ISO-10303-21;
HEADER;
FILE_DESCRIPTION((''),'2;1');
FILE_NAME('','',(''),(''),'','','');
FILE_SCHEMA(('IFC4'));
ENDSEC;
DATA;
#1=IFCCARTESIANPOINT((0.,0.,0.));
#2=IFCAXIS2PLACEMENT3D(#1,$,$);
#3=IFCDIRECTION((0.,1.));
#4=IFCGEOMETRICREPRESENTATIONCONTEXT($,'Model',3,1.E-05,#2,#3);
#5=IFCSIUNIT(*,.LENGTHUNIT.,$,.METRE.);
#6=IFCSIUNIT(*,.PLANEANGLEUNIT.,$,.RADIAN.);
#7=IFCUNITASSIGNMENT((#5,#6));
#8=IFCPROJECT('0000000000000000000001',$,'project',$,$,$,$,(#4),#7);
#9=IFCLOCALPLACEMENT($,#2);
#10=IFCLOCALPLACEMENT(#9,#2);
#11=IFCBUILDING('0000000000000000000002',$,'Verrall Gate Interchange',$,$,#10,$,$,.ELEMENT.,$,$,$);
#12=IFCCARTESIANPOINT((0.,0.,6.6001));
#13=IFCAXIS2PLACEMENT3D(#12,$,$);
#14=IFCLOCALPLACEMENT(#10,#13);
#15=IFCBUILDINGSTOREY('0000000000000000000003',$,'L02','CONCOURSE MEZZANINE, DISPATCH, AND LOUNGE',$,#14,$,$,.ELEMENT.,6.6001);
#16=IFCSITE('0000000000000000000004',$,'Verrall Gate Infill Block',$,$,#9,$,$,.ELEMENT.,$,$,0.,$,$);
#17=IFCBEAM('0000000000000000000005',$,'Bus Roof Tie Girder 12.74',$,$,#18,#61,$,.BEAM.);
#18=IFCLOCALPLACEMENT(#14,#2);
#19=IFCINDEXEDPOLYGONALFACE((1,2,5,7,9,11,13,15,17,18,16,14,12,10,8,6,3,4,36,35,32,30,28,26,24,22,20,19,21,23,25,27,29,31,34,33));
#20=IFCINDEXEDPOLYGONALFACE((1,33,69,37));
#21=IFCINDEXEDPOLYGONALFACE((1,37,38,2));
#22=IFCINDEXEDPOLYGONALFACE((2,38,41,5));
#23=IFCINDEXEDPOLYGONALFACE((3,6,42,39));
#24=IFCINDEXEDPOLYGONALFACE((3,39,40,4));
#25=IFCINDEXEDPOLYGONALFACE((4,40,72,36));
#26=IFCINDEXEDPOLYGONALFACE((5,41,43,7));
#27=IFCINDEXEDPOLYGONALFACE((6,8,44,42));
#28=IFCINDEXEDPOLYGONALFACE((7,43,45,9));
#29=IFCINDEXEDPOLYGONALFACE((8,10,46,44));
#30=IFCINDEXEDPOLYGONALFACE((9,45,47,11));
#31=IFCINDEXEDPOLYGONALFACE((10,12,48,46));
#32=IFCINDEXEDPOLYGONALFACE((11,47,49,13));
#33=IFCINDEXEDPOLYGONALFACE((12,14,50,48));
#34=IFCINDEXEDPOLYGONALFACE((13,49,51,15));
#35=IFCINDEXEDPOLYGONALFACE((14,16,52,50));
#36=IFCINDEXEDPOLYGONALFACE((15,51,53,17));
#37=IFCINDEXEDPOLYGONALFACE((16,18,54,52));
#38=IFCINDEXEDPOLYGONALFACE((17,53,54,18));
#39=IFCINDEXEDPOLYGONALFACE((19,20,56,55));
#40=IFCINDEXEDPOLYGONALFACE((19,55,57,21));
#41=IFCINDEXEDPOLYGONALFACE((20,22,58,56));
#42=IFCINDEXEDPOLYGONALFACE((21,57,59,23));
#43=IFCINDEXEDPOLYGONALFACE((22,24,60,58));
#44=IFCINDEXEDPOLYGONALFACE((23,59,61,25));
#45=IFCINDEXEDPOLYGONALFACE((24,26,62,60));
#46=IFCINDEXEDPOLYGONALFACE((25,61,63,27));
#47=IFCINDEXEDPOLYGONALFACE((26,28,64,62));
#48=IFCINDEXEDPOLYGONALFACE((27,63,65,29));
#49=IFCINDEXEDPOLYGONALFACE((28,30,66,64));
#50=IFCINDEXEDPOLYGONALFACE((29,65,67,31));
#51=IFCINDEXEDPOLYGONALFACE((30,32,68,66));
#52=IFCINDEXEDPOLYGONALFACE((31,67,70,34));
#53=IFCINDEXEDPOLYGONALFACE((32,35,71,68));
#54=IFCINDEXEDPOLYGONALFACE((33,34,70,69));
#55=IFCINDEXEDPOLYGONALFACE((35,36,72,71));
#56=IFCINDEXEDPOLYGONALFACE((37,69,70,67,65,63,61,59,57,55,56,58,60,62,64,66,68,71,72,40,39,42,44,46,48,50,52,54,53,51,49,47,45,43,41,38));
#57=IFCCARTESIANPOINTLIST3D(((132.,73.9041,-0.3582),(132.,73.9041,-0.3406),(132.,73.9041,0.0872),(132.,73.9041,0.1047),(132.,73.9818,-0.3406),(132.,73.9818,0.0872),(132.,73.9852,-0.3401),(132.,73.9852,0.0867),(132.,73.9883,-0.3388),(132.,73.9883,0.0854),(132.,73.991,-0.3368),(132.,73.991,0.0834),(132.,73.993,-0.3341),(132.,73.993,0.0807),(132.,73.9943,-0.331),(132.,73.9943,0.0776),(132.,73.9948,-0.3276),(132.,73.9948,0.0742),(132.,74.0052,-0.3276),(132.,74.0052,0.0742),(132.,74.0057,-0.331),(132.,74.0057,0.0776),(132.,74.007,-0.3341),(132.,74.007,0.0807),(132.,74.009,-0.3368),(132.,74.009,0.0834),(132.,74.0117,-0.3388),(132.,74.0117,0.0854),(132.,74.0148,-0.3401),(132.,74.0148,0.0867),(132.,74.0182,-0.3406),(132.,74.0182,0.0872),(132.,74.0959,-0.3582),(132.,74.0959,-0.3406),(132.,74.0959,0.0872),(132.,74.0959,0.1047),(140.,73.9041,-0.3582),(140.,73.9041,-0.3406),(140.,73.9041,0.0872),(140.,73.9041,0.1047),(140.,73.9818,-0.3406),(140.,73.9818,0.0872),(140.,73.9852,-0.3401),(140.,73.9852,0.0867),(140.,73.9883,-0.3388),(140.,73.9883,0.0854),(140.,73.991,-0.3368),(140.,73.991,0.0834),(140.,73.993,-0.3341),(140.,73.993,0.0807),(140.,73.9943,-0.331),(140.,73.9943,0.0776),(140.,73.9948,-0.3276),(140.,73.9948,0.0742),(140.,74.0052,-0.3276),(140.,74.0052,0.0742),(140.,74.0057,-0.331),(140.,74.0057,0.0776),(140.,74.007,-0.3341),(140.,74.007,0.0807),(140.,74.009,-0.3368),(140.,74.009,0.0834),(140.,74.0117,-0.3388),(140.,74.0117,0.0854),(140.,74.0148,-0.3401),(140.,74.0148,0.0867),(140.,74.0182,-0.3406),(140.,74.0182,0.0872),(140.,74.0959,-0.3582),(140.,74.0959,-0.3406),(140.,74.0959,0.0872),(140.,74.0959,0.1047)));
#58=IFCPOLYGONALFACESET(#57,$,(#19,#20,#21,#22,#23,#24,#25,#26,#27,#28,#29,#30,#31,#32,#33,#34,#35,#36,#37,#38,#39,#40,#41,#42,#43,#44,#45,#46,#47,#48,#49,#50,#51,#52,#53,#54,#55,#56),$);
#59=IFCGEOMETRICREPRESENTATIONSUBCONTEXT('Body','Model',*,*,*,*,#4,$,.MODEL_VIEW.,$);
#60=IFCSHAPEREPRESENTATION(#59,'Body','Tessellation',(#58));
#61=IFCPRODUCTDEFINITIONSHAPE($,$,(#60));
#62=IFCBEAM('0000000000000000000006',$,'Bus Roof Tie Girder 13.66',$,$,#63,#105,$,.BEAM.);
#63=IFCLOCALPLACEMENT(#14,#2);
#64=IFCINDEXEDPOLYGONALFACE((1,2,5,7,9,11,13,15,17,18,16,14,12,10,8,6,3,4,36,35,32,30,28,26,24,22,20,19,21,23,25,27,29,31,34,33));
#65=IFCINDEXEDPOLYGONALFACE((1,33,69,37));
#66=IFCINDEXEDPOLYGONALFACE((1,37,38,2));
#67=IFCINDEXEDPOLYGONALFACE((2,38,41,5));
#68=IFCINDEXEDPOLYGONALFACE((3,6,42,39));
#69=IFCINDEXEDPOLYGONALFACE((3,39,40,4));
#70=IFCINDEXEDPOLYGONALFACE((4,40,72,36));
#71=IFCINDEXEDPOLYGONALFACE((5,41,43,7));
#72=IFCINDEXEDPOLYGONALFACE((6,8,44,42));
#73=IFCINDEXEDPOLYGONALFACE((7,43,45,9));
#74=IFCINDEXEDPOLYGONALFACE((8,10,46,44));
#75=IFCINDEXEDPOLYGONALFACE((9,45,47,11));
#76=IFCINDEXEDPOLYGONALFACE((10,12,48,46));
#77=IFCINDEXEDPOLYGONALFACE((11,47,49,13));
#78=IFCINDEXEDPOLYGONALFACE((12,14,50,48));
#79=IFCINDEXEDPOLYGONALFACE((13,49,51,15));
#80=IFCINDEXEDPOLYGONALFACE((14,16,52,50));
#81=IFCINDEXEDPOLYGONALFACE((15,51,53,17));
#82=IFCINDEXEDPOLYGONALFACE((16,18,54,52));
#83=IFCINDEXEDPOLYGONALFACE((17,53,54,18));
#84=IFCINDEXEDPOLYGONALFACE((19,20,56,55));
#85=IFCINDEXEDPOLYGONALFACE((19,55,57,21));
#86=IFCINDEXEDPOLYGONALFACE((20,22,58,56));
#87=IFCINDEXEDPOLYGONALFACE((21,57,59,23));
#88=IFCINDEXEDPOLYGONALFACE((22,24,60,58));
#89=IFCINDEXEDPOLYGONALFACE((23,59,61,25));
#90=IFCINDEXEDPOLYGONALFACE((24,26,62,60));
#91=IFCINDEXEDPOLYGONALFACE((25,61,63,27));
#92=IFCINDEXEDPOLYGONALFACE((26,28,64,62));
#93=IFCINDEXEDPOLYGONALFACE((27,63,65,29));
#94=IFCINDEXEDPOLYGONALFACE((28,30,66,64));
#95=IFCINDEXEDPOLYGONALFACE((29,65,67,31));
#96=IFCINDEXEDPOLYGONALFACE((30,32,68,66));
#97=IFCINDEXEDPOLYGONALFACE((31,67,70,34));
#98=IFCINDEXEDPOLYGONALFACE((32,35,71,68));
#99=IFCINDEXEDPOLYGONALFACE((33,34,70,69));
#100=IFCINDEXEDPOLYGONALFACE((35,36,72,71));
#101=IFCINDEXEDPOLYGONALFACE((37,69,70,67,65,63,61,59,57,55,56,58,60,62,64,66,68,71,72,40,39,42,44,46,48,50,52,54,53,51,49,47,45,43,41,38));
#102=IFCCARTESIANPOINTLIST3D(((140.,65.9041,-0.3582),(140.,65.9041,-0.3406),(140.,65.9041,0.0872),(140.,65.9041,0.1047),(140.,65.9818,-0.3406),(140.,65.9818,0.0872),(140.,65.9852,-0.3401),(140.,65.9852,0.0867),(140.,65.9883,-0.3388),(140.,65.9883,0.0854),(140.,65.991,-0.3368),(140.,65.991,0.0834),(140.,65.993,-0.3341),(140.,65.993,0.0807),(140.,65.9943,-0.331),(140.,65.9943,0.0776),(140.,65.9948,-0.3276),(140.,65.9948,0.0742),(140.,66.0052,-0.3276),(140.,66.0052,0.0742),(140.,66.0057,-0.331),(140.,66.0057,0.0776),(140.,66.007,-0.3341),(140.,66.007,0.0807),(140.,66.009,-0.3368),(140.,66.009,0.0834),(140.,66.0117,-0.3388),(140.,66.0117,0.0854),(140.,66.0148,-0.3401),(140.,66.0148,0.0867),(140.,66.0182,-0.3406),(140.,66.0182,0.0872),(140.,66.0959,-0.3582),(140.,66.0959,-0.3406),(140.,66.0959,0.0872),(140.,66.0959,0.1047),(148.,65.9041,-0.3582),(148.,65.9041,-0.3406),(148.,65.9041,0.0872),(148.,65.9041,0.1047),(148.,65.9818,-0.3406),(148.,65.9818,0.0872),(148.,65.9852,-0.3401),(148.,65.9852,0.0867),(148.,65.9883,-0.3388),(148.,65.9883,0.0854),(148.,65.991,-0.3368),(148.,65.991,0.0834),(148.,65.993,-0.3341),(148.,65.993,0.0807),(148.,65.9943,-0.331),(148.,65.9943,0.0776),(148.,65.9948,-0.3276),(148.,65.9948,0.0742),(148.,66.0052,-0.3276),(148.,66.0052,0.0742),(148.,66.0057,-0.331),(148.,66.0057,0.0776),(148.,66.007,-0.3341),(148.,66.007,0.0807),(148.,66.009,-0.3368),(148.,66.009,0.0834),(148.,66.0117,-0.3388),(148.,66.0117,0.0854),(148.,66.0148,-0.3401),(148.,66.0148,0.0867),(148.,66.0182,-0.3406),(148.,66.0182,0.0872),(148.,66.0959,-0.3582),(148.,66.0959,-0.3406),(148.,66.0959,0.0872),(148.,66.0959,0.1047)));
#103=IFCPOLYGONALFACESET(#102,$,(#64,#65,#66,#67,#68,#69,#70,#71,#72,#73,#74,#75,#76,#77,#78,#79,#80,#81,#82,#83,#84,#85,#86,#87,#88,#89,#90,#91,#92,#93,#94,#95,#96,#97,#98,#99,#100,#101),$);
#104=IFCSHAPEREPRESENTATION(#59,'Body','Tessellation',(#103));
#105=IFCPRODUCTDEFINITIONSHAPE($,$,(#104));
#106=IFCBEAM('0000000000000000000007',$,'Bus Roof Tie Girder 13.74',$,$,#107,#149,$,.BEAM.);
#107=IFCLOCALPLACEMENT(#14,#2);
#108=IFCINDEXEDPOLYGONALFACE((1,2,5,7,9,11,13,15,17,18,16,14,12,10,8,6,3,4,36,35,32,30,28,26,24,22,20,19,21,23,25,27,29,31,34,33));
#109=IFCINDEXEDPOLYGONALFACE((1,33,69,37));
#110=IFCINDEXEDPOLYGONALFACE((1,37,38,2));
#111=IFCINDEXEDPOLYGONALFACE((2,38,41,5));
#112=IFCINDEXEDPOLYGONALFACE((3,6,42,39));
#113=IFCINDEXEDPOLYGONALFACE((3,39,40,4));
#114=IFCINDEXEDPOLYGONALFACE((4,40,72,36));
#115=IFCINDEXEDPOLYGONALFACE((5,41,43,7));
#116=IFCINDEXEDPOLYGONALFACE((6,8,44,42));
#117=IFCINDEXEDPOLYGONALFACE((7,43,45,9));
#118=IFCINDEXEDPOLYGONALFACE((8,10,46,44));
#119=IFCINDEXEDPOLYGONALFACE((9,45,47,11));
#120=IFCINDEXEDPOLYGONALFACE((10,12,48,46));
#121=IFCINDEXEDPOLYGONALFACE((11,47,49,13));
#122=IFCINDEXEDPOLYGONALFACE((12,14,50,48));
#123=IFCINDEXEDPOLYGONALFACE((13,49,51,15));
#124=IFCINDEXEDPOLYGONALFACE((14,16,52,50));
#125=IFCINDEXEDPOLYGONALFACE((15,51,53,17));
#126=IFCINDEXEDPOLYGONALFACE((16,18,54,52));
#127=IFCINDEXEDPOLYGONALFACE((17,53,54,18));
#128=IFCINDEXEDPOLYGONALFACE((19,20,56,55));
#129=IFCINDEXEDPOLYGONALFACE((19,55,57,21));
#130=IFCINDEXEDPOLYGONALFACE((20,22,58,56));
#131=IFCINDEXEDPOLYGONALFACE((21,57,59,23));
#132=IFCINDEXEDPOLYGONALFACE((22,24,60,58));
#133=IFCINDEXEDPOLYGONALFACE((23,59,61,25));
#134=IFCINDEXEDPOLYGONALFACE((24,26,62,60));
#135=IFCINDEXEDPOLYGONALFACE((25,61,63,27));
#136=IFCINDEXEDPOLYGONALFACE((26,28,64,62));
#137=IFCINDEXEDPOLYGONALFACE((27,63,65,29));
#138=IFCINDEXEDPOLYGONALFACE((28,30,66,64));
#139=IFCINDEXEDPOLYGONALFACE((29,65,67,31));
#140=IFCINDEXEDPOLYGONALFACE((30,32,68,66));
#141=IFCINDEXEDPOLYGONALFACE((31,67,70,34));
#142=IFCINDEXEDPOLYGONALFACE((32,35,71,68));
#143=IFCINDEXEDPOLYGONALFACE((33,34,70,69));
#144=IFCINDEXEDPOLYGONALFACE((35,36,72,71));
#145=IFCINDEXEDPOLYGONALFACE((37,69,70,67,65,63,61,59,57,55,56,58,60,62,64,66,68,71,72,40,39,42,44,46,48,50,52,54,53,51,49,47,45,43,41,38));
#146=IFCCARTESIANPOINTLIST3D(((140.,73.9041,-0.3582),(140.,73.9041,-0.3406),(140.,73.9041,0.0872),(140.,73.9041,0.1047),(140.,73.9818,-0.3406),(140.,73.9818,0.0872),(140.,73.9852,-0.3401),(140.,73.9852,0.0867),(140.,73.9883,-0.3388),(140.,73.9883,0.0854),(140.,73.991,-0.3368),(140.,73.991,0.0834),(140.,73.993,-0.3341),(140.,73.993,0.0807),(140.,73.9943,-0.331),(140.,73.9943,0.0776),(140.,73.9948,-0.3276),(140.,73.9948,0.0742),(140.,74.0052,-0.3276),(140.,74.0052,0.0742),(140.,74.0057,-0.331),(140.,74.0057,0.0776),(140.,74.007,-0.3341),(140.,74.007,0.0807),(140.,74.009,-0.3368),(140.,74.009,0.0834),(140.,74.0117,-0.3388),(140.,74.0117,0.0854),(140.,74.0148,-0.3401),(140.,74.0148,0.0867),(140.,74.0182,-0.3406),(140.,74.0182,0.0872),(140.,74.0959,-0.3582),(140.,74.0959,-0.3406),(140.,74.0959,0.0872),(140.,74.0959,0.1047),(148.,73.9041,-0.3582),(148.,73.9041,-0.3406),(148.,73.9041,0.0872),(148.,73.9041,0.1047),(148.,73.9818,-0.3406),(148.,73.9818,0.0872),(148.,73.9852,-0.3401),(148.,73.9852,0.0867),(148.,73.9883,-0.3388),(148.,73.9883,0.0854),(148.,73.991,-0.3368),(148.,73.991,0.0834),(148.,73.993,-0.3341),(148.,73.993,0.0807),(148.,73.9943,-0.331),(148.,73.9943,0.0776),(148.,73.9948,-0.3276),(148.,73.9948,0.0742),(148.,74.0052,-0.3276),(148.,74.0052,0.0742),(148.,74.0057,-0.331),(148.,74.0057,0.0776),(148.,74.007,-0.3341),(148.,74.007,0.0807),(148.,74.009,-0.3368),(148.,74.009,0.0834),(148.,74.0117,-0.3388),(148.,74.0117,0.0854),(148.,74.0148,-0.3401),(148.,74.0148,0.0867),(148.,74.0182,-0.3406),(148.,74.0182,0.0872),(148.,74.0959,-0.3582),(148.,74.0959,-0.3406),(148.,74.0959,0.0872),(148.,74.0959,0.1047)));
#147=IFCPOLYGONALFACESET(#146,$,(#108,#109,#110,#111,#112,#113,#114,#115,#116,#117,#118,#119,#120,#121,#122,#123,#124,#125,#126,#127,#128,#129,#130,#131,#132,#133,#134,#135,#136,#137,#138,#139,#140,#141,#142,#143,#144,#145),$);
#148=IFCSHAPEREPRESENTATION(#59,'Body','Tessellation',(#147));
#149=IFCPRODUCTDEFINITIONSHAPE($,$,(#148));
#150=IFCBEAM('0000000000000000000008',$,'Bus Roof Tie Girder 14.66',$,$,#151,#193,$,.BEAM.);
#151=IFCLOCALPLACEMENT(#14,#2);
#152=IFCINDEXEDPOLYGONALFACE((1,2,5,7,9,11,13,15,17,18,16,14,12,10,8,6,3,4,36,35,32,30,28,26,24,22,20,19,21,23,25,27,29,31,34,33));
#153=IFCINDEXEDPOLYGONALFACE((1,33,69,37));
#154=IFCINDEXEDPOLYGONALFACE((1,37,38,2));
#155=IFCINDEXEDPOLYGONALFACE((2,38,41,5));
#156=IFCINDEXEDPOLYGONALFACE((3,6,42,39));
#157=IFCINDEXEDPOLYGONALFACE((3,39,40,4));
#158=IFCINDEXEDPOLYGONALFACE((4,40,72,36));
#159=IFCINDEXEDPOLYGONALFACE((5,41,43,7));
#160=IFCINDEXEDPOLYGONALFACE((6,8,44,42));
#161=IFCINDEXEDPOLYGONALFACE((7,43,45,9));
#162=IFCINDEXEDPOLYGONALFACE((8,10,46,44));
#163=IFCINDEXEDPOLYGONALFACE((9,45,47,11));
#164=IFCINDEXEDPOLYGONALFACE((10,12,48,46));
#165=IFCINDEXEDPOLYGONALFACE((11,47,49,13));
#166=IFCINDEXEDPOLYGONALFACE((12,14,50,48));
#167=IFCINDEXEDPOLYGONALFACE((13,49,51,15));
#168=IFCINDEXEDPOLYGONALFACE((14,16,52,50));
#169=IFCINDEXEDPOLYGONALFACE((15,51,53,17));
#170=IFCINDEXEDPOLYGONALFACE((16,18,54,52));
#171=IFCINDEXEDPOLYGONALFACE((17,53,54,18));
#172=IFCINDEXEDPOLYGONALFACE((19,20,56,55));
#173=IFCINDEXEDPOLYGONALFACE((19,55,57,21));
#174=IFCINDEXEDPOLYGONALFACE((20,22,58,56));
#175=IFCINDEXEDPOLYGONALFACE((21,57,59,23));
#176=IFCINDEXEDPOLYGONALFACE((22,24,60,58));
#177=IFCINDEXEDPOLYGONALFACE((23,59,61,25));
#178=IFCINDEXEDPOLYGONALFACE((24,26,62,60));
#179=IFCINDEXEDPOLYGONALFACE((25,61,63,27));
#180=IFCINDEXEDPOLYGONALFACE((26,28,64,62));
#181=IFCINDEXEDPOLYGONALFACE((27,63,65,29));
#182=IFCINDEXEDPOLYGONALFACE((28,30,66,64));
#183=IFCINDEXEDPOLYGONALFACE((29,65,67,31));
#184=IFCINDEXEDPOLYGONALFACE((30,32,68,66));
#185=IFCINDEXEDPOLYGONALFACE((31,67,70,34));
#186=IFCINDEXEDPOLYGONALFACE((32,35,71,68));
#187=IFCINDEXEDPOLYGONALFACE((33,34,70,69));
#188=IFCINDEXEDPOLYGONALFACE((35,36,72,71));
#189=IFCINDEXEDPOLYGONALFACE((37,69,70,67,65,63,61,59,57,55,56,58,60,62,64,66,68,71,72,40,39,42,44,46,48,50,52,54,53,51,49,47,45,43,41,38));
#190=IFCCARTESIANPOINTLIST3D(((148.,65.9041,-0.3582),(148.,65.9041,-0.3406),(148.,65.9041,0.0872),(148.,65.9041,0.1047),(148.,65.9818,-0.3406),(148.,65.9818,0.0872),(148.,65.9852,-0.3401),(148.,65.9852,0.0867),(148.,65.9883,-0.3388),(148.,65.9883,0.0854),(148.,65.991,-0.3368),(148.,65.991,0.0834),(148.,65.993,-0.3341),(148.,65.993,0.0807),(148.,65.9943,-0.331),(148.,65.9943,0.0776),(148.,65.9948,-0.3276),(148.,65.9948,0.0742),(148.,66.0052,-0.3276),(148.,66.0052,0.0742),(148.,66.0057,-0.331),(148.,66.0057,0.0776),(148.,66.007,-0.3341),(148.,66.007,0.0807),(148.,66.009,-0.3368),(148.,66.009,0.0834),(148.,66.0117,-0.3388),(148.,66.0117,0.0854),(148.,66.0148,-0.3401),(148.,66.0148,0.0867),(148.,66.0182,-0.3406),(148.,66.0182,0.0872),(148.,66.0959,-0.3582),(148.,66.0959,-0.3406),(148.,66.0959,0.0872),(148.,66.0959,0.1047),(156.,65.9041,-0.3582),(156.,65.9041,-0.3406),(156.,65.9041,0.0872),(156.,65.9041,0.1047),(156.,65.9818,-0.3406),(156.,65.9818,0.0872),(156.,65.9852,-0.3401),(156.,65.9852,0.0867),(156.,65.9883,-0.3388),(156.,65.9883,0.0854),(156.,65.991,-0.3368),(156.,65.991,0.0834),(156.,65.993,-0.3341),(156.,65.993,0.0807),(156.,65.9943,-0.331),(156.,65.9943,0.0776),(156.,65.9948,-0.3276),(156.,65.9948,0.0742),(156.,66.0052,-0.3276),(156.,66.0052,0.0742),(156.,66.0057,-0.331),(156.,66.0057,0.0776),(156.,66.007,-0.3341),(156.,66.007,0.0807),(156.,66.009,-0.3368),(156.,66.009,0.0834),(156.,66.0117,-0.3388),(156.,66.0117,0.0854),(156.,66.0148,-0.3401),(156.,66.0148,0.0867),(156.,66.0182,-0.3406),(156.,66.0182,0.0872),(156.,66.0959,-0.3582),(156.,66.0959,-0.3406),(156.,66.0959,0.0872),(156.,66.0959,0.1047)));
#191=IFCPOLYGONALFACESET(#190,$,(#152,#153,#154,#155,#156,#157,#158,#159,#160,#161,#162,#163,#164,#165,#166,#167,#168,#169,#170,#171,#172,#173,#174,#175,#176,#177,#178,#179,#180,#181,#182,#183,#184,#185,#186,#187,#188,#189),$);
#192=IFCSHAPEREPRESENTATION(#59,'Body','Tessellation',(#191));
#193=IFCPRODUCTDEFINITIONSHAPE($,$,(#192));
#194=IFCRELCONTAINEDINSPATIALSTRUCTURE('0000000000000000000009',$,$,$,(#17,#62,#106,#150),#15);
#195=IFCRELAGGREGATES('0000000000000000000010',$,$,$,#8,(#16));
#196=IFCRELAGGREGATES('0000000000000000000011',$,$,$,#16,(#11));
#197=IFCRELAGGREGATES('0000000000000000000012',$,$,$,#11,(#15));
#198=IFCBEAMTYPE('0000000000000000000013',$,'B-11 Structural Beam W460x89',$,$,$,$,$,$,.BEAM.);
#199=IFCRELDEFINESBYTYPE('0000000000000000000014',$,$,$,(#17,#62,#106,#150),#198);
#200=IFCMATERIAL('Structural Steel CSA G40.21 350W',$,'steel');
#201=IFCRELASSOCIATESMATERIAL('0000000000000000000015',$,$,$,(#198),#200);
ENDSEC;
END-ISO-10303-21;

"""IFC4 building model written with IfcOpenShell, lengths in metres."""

from ifc_helpers import new_model, si_unit, direction, frame, origin, origin_2d, place, context, subcontext, project, spatial, i_section, extrude, material, material_profile, profile_set, type_object, element, save


model = new_model("IFC4")

# Units and contexts
model_context = context("Model", 3, precision=1e-05, world=origin(), true_north=direction((0.0, 1.0)))
body_context = subcontext(model_context, "Body", "Model", "MODEL_VIEW")
ifc_project = project(units=[si_unit("LENGTHUNIT", "METRE"), si_unit("PLANEANGLEUNIT", "RADIAN")], contexts=[model_context])

# Site, building, storey
site_placement = place(None, origin())
site = spatial("IfcSite", under=ifc_project, at=site_placement, Name="Verrall Gate Infill Block", CompositionType="ELEMENT", RefElevation=0.0)
building_placement = place(site_placement, origin())
building = spatial("IfcBuilding", under=site, at=building_placement, Name="Verrall Gate Interchange", CompositionType="ELEMENT")
storey_placement = place(building_placement, frame((0.0, 0.0, 6.6001)))
storey = spatial("IfcBuildingStorey", under=building, at=storey_placement, Name="L02", Description="CONCOURSE MEZZANINE, DISPATCH, AND LOUNGE", CompositionType="ELEMENT", Elevation=6.6001)

# Beams
ifc_material_1 = material(Name="Structural Steel CSA G40.21 350W", Category="steel")
ifc_material_profile_1 = material_profile(ifc_material_1, i_section(OverallWidth=0.1919, OverallDepth=0.4629, WebThickness=0.0105, FlangeThickness=0.0176, FilletRadius=0.0129, at=origin_2d()), Name="W460x89")
ifc_profile_set_1 = profile_set([ifc_material_profile_1], Name="Structural Steel CSA G40.21 350W")
beam_type_1 = type_object("IfcBeamType", Name="B-11 Structural Beam W460x89", PredefinedType="BEAM", material=ifc_profile_set_1)
for number, where, z_axis, x_axis, name in (
    (1, (132.0, 74.0, -0.1267), (1.0, 0.0, 0.0), (0.0, 1.0, 0.0), "Bus Roof Tie Girder 12.74"),
    (2, (140.0, 66.0, -0.1267), (1.0, 0.0, 0.0), (0.0, 1.0, 0.0), "Bus Roof Tie Girder 13.66"),
    (3, (140.0, 74.0, -0.1267), (1.0, 0.0, 0.0), (0.0, 1.0, 0.0), "Bus Roof Tie Girder 13.74"),
    (4, (148.0, 66.0, -0.1267), (1.0, 0.0, 0.0), (0.0, 1.0, 0.0), "Bus Roof Tie Girder 14.66"),
):
    element("IfcBeam", number, at=place(storey_placement, frame(where, z_axis=z_axis, x_axis=x_axis)), inside=storey, type_object=beam_type_1, Name=name, PredefinedType="BEAM", context=body_context, shape_type="SweptSolid", body=[
        extrude(i_section(OverallWidth=0.1919, OverallDepth=0.4629, WebThickness=0.0105, FlangeThickness=0.0176, FilletRadius=0.0129, at=origin_2d()), origin(), (0.0, 0.0, 1.0), 8.0),
    ])

save(model, "model.ifc")
